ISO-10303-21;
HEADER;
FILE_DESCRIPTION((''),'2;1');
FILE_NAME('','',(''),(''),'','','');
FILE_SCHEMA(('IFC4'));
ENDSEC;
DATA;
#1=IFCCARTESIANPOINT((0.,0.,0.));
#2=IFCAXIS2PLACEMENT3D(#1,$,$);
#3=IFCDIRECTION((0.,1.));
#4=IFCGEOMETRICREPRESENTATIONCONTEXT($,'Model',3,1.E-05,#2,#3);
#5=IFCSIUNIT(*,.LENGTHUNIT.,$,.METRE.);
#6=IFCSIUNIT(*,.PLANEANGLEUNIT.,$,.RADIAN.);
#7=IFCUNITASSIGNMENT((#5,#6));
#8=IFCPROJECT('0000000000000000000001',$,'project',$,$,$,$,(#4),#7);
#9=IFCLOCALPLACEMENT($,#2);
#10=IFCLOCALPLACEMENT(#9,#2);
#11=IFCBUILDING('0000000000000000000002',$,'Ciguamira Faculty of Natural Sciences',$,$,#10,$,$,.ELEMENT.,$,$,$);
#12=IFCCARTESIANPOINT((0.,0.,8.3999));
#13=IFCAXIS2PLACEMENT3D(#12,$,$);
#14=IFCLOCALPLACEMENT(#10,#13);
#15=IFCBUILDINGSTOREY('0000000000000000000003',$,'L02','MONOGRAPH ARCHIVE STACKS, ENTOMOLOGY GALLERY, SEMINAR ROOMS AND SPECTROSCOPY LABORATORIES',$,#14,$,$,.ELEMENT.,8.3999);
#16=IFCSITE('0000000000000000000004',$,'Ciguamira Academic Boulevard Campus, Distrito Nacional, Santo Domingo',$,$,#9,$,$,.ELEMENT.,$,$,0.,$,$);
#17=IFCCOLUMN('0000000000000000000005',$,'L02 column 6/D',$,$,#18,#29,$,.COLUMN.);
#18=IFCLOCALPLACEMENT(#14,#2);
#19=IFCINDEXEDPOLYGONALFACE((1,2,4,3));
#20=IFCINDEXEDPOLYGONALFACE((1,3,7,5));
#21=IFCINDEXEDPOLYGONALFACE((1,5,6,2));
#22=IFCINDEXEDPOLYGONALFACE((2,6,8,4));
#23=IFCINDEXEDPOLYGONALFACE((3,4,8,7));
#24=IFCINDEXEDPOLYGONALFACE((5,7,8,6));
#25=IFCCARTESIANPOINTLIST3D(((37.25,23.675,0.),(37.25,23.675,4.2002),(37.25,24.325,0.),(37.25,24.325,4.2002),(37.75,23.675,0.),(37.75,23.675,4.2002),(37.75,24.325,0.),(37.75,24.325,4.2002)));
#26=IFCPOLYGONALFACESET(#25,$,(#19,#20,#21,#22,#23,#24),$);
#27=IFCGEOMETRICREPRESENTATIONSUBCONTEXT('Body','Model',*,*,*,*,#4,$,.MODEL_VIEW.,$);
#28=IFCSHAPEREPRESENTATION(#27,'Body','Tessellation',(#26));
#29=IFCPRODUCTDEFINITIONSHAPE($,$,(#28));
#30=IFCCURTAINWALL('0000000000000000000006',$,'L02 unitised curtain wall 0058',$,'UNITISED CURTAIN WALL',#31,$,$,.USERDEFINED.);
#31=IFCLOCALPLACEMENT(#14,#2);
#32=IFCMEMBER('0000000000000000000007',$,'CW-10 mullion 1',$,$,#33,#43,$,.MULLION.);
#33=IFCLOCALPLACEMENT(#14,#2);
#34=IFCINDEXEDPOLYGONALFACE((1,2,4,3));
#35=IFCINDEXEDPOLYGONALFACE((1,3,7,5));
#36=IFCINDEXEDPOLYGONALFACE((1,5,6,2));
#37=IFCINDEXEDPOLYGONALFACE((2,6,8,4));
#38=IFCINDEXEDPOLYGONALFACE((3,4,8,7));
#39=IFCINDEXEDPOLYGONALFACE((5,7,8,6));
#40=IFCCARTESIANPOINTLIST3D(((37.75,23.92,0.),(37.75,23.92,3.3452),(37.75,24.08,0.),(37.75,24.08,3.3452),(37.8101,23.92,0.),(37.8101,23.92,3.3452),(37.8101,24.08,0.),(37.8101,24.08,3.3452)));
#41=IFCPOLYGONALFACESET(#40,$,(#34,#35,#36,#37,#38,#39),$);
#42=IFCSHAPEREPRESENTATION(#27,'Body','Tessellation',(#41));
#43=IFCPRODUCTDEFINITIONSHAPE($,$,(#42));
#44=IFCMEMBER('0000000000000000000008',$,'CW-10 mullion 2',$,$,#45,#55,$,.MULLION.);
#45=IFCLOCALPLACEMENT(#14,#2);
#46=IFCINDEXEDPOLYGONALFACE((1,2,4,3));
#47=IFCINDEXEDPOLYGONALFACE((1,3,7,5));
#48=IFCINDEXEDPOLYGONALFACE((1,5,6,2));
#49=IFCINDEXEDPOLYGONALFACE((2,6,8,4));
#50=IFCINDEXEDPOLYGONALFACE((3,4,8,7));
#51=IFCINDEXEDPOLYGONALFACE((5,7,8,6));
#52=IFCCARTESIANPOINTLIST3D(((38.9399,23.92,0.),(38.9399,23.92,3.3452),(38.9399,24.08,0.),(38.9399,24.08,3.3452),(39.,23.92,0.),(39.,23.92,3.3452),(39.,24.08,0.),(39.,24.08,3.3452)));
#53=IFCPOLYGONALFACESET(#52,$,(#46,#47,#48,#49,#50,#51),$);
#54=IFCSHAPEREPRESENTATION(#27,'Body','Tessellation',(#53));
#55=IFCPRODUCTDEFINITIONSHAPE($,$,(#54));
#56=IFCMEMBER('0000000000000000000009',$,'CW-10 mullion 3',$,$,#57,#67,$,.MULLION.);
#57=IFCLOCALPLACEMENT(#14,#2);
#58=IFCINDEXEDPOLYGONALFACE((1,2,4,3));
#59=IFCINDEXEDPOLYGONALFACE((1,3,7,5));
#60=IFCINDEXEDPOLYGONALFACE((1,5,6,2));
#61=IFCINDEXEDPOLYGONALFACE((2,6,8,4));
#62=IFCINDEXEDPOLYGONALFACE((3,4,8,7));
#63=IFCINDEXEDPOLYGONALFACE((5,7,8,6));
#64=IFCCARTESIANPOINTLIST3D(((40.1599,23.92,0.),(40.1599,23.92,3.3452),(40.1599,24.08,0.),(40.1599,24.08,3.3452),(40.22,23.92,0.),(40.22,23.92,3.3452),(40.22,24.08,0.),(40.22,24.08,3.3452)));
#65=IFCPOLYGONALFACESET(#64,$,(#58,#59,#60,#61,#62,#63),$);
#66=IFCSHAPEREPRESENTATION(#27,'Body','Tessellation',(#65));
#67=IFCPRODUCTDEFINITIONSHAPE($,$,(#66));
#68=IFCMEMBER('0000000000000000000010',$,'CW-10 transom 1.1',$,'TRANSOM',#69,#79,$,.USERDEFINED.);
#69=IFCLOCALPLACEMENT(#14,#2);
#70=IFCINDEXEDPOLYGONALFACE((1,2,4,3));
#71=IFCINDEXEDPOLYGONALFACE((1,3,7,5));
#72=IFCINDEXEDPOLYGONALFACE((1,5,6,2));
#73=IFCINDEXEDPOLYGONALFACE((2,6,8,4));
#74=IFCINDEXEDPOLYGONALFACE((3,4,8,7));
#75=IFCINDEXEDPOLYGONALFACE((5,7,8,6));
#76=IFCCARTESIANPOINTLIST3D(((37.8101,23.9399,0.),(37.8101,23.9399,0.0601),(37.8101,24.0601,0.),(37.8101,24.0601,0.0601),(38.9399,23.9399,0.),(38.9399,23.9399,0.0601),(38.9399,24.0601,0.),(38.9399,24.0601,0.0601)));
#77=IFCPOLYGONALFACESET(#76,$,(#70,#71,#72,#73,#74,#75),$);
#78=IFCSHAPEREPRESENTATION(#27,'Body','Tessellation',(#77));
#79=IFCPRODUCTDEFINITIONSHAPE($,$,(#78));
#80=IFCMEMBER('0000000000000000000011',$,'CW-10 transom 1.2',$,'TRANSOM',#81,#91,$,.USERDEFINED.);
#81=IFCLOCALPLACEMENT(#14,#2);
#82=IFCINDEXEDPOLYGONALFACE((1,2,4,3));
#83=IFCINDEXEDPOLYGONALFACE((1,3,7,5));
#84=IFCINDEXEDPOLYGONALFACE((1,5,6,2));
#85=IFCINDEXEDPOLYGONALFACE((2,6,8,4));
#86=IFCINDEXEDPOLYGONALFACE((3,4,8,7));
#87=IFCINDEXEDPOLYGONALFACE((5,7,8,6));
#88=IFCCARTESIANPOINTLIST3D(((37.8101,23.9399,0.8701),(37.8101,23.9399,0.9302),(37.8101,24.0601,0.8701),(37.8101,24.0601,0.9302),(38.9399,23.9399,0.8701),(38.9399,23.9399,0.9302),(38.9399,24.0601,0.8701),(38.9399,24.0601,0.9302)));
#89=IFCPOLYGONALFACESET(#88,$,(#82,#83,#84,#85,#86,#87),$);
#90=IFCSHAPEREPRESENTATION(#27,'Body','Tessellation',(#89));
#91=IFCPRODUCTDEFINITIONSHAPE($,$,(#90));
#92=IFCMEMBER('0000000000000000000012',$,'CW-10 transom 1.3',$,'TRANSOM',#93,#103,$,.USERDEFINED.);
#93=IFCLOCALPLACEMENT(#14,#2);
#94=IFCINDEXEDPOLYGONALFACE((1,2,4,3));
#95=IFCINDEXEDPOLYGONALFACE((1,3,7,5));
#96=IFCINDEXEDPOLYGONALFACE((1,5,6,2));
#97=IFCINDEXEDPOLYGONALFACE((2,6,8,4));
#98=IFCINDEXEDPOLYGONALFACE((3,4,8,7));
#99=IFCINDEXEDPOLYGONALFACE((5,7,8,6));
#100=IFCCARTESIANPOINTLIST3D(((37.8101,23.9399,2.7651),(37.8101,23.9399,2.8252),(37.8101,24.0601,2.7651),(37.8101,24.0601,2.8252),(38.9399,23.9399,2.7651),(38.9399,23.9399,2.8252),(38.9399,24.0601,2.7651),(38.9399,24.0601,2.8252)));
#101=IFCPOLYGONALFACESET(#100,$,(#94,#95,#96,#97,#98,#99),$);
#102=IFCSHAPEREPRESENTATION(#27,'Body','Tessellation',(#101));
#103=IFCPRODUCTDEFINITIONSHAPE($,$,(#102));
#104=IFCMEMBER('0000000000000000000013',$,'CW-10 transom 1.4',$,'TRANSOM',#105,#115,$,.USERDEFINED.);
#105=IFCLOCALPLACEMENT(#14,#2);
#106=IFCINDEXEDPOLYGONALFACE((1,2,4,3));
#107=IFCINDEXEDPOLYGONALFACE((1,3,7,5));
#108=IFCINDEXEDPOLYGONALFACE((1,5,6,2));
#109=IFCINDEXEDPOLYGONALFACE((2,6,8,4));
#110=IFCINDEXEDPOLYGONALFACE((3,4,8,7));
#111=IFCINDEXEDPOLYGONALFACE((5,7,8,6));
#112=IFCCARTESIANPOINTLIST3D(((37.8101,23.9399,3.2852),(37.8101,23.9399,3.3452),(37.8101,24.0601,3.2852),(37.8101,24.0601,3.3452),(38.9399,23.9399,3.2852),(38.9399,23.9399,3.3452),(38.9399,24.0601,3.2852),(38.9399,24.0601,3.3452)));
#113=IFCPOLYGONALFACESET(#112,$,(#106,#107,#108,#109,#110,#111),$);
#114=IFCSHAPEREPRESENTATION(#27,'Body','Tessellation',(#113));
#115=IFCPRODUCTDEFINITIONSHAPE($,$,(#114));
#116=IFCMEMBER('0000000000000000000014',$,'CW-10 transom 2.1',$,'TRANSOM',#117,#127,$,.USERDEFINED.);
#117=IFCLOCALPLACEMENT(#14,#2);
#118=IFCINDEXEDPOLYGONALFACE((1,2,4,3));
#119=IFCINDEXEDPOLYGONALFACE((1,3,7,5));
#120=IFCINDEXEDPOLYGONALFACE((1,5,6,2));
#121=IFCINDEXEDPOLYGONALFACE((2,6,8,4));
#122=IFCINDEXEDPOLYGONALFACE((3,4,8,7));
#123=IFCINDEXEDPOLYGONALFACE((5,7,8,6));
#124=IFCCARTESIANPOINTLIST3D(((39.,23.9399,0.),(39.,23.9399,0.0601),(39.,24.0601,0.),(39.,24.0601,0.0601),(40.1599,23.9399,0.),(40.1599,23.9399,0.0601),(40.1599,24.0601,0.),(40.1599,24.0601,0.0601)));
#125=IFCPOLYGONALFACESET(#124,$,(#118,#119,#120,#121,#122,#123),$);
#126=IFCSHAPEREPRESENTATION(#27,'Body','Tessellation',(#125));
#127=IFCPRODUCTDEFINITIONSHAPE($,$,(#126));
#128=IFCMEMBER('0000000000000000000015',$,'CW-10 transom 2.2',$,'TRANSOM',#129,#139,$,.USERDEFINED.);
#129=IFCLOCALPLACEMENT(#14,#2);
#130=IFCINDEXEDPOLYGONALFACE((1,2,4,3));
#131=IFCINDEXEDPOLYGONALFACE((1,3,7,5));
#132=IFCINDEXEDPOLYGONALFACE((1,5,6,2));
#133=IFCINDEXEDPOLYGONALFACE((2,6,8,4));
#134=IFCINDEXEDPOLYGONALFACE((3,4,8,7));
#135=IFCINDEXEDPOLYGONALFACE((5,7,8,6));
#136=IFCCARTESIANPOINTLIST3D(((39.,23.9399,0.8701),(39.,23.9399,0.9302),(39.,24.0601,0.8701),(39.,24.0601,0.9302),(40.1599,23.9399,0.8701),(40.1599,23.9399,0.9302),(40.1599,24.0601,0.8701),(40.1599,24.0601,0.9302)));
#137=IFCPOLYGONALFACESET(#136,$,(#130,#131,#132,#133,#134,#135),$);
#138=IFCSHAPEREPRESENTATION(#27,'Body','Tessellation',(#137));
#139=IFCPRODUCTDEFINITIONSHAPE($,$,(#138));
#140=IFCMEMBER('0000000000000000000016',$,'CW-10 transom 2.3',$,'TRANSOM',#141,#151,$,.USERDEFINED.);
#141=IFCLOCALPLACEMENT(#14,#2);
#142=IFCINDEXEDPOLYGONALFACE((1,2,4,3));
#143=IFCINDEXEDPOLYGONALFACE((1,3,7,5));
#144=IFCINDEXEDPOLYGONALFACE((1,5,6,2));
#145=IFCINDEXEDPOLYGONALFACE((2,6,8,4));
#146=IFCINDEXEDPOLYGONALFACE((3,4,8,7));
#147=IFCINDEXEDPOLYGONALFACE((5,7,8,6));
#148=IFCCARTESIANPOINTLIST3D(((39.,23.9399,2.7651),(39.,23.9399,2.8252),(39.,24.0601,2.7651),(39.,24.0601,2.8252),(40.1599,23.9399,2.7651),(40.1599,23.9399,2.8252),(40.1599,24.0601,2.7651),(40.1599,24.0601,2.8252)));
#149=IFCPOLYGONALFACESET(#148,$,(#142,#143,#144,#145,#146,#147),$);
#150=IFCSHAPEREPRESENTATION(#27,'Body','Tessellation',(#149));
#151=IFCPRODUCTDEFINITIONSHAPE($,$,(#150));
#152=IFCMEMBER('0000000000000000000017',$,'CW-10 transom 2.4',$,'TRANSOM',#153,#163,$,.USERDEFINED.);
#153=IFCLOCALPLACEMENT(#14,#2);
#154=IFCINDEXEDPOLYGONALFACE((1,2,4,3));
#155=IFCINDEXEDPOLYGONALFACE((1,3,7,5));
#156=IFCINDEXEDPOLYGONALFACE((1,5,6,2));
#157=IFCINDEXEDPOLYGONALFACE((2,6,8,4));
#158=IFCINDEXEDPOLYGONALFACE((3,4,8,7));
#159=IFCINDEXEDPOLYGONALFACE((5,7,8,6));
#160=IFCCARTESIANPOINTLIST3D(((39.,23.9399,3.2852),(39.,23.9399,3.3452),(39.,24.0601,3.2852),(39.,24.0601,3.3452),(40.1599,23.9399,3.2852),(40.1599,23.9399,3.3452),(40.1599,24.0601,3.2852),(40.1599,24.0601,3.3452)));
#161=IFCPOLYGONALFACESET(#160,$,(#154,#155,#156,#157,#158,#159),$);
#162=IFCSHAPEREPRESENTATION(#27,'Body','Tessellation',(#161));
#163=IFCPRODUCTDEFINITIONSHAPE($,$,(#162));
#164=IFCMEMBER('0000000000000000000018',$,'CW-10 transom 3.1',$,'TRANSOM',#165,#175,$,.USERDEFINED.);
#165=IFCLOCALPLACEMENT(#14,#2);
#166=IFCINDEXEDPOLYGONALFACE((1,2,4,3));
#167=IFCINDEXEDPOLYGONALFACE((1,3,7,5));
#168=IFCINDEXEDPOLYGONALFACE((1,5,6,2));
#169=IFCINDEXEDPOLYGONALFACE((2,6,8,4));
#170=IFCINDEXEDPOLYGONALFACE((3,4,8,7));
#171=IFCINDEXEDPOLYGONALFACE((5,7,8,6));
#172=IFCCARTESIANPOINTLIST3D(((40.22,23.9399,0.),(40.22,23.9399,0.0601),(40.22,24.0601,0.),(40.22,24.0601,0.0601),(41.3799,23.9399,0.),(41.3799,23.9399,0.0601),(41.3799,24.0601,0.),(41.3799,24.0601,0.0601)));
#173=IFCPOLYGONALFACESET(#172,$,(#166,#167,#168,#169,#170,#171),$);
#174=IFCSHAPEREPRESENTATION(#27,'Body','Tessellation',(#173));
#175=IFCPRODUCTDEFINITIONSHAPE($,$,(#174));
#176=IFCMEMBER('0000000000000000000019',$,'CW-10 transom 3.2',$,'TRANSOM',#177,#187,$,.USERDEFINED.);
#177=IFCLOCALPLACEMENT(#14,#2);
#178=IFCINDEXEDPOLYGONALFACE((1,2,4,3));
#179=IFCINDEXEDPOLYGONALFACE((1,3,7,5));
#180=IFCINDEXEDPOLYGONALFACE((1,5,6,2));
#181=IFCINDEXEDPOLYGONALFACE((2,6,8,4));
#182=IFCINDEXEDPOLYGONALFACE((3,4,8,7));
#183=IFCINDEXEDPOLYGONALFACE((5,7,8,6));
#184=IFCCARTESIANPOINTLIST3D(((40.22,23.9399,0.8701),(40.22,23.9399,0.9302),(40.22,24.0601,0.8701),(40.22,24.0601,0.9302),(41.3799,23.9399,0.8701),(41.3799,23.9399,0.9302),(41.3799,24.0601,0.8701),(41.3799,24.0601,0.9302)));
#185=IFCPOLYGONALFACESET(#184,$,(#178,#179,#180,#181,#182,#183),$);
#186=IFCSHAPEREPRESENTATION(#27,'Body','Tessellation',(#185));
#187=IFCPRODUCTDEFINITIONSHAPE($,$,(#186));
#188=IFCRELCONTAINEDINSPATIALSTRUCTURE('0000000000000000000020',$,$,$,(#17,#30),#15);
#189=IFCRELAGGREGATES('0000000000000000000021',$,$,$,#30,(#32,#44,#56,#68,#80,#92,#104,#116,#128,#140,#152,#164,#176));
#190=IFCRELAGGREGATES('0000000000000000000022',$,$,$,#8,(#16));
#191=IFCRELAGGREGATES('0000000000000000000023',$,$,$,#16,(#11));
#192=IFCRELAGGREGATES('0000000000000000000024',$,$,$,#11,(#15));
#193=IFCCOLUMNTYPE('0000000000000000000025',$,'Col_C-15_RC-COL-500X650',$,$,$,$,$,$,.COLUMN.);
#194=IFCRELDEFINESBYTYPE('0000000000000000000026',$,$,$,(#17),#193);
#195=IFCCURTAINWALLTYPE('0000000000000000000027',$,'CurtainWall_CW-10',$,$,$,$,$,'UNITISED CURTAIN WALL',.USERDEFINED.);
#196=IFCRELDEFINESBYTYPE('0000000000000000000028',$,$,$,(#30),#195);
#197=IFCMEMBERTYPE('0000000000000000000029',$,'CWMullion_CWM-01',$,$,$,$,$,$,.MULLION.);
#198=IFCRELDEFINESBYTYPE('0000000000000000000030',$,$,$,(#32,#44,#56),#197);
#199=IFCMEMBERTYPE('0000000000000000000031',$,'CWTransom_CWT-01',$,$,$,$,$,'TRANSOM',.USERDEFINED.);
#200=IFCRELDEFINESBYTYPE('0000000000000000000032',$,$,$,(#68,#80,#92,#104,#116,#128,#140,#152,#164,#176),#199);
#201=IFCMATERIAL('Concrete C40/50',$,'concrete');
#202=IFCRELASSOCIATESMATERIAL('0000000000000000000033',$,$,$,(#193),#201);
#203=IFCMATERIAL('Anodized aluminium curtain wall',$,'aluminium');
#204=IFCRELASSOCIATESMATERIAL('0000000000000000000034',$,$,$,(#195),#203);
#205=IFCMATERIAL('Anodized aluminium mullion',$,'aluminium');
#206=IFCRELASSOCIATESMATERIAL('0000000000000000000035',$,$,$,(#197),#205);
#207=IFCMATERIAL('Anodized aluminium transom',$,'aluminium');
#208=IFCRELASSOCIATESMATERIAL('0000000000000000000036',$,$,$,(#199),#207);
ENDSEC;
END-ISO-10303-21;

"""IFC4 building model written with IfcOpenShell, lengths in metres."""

from ifc_helpers import new_model, si_unit, direction, frame, origin, origin_2d, place, context, subcontext, project, spatial, rectangle, extrude, material, material_profile, profile_set, type_object, element, aggregate, save


model = new_model("IFC4")

# Units and contexts
model_context = context("Model", 3, precision=1e-05, world=origin(), true_north=direction((0.0, 1.0)))
body_context = subcontext(model_context, "Body", "Model", "MODEL_VIEW")
ifc_project = project(units=[si_unit("LENGTHUNIT", "METRE"), si_unit("PLANEANGLEUNIT", "RADIAN")], contexts=[model_context])

# Site, building, storey
site_placement = place(None, origin())
site = spatial("IfcSite", under=ifc_project, at=site_placement, Name="Ciguamira Academic Boulevard Campus, Distrito Nacional, Santo Domingo", CompositionType="ELEMENT", RefElevation=0.0)
building_placement = place(site_placement, origin())
building = spatial("IfcBuilding", under=site, at=building_placement, Name="Ciguamira Faculty of Natural Sciences", CompositionType="ELEMENT")
storey_placement = place(building_placement, frame((0.0, 0.0, 8.3999)))
storey = spatial("IfcBuildingStorey", under=building, at=storey_placement, Name="L02", Description="MONOGRAPH ARCHIVE STACKS, ENTOMOLOGY GALLERY, SEMINAR ROOMS AND SPECTROSCOPY LABORATORIES", CompositionType="ELEMENT", Elevation=8.3999)

# Column
ifc_material_1 = material(Name="Concrete C40/50", Category="concrete")
ifc_material_profile_1 = material_profile(ifc_material_1, rectangle(XDim=0.5, YDim=0.6499, at=origin_2d()), Name="RC-COL-500X650")
ifc_profile_set_1 = profile_set([ifc_material_profile_1], Name="Concrete C40/50")
column_type = type_object("IfcColumnType", Name="Col_C-15_RC-COL-500X650", PredefinedType="COLUMN", material=ifc_profile_set_1)
column_placement = place(storey_placement, frame((37.5, 24.0, 0.0), z_axis=(0.0, 0.0, 1.0), x_axis=(1.0, 0.0, 0.0)))
element("IfcColumn", 1, at=column_placement, inside=storey, type_object=column_type, Name="L02 column 6/D", PredefinedType="COLUMN", context=body_context, shape_type="SweptSolid", body=[
    extrude(rectangle(XDim=0.5, YDim=0.6499, at=origin_2d()), origin(), (0.0, 0.0, 1.0), 4.2002),
])

# Curtain wall, members
ifc_material_2 = material(Name="Anodized aluminium curtain wall", Category="aluminium")
curtain_wall_type = type_object("IfcCurtainWallType", Name="CurtainWall_CW-10", ElementType="UNITISED CURTAIN WALL", PredefinedType="USERDEFINED", material=ifc_material_2)
curtain_wall_placement = place(storey_placement, origin())
curtain_wall = element("IfcCurtainWall", 2, at=curtain_wall_placement, inside=storey, type_object=curtain_wall_type, Name="L02 unitised curtain wall 0058", ObjectType="UNITISED CURTAIN WALL", PredefinedType="USERDEFINED")
ifc_material_3 = material(Name="Anodized aluminium mullion", Category="aluminium")
ifc_material_profile_2 = material_profile(ifc_material_3, rectangle(XDim=0.0601, YDim=0.1599, at=origin_2d()), Name="ALU-MUL-60X160")
ifc_profile_set_2 = profile_set([ifc_material_profile_2], Name="Anodized aluminium mullion")
member_type_1 = type_object("IfcMemberType", Name="CWMullion_CWM-01", PredefinedType="MULLION", material=ifc_profile_set_2)
member_1_placement = place(storey_placement, frame((37.78, 24.0, 0.0), z_axis=(0.0, 0.0, 1.0), x_axis=(1.0, 0.0, 0.0)))
member_1 = element("IfcMember", 3, at=member_1_placement, type_object=member_type_1, Name="CW-10 mullion 1", PredefinedType="MULLION", context=body_context, shape_type="SweptSolid", body=[
    extrude(rectangle(XDim=0.0601, YDim=0.1599, at=origin_2d()), origin(), (0.0, 0.0, 1.0), 3.3452),
])
member_2_placement = place(storey_placement, frame((38.97, 24.0, 0.0), z_axis=(0.0, 0.0, 1.0), x_axis=(1.0, 0.0, 0.0)))
member_2 = element("IfcMember", 4, at=member_2_placement, type_object=member_type_1, Name="CW-10 mullion 2", PredefinedType="MULLION", context=body_context, shape_type="SweptSolid", body=[
    extrude(rectangle(XDim=0.0601, YDim=0.1599, at=origin_2d()), origin(), (0.0, 0.0, 1.0), 3.3452),
])
member_3_placement = place(storey_placement, frame((40.1899, 24.0, 0.0), z_axis=(0.0, 0.0, 1.0), x_axis=(1.0, 0.0, 0.0)))
member_3 = element("IfcMember", 5, at=member_3_placement, type_object=member_type_1, Name="CW-10 mullion 3", PredefinedType="MULLION", context=body_context, shape_type="SweptSolid", body=[
    extrude(rectangle(XDim=0.0601, YDim=0.1599, at=origin_2d()), origin(), (0.0, 0.0, 1.0), 3.3452),
])
ifc_material_4 = material(Name="Anodized aluminium transom", Category="aluminium")
ifc_material_profile_3 = material_profile(ifc_material_4, rectangle(XDim=0.0601, YDim=0.1201, at=origin_2d()), Name="ALU-TRN-60X120")
ifc_profile_set_3 = profile_set([ifc_material_profile_3], Name="Anodized aluminium transom")
member_type_2 = type_object("IfcMemberType", Name="CWTransom_CWT-01", ElementType="TRANSOM", PredefinedType="USERDEFINED", material=ifc_profile_set_3)
member_4_placement = place(storey_placement, frame((37.8101, 24.0, 0.03), z_axis=(1.0, 0.0, 0.0), x_axis=(0.0, 0.0, 1.0)))
member_4 = element("IfcMember", 6, at=member_4_placement, type_object=member_type_2, Name="CW-10 transom 1.1", ObjectType="TRANSOM", PredefinedType="USERDEFINED", context=body_context, shape_type="SweptSolid", body=[
    extrude(rectangle(XDim=0.0601, YDim=0.1201, at=origin_2d()), origin(), (0.0, 0.0, 1.0), 1.1299),
])
member_5_placement = place(storey_placement, frame((37.8101, 24.0, 0.9001), z_axis=(1.0, 0.0, 0.0), x_axis=(0.0, 0.0, 1.0)))
member_5 = element("IfcMember", 7, at=member_5_placement, type_object=member_type_2, Name="CW-10 transom 1.2", ObjectType="TRANSOM", PredefinedType="USERDEFINED", context=body_context, shape_type="SweptSolid", body=[
    extrude(rectangle(XDim=0.0601, YDim=0.1201, at=origin_2d()), origin(), (0.0, 0.0, 1.0), 1.1299),
])
member_6_placement = place(storey_placement, frame((37.8101, 24.0, 2.7952), z_axis=(1.0, 0.0, 0.0), x_axis=(0.0, 0.0, 1.0)))
member_6 = element("IfcMember", 8, at=member_6_placement, type_object=member_type_2, Name="CW-10 transom 1.3", ObjectType="TRANSOM", PredefinedType="USERDEFINED", context=body_context, shape_type="SweptSolid", body=[
    extrude(rectangle(XDim=0.0601, YDim=0.1201, at=origin_2d()), origin(), (0.0, 0.0, 1.0), 1.1299),
])
member_7_placement = place(storey_placement, frame((37.8101, 24.0, 3.3152), z_axis=(1.0, 0.0, 0.0), x_axis=(0.0, 0.0, 1.0)))
member_7 = element("IfcMember", 9, at=member_7_placement, type_object=member_type_2, Name="CW-10 transom 1.4", ObjectType="TRANSOM", PredefinedType="USERDEFINED", context=body_context, shape_type="SweptSolid", body=[
    extrude(rectangle(XDim=0.0601, YDim=0.1201, at=origin_2d()), origin(), (0.0, 0.0, 1.0), 1.1299),
])
member_8_placement = place(storey_placement, frame((39.0, 24.0, 0.03), z_axis=(1.0, 0.0, 0.0), x_axis=(0.0, 0.0, 1.0)))
member_8 = element("IfcMember", 10, at=member_8_placement, type_object=member_type_2, Name="CW-10 transom 2.1", ObjectType="TRANSOM", PredefinedType="USERDEFINED", context=body_context, shape_type="SweptSolid", body=[
    extrude(rectangle(XDim=0.0601, YDim=0.1201, at=origin_2d()), origin(), (0.0, 0.0, 1.0), 1.1599),
])
member_9_placement = place(storey_placement, frame((39.0, 24.0, 0.9001), z_axis=(1.0, 0.0, 0.0), x_axis=(0.0, 0.0, 1.0)))
member_9 = element("IfcMember", 11, at=member_9_placement, type_object=member_type_2, Name="CW-10 transom 2.2", ObjectType="TRANSOM", PredefinedType="USERDEFINED", context=body_context, shape_type="SweptSolid", body=[
    extrude(rectangle(XDim=0.0601, YDim=0.1201, at=origin_2d()), origin(), (0.0, 0.0, 1.0), 1.1599),
])
member_10_placement = place(storey_placement, frame((39.0, 24.0, 2.7952), z_axis=(1.0, 0.0, 0.0), x_axis=(0.0, 0.0, 1.0)))
member_10 = element("IfcMember", 12, at=member_10_placement, type_object=member_type_2, Name="CW-10 transom 2.3", ObjectType="TRANSOM", PredefinedType="USERDEFINED", context=body_context, shape_type="SweptSolid", body=[
    extrude(rectangle(XDim=0.0601, YDim=0.1201, at=origin_2d()), origin(), (0.0, 0.0, 1.0), 1.1599),
])
member_11_placement = place(storey_placement, frame((39.0, 24.0, 3.3152), z_axis=(1.0, 0.0, 0.0), x_axis=(0.0, 0.0, 1.0)))
member_11 = element("IfcMember", 13, at=member_11_placement, type_object=member_type_2, Name="CW-10 transom 2.4", ObjectType="TRANSOM", PredefinedType="USERDEFINED", context=body_context, shape_type="SweptSolid", body=[
    extrude(rectangle(XDim=0.0601, YDim=0.1201, at=origin_2d()), origin(), (0.0, 0.0, 1.0), 1.1599),
])
member_12_placement = place(storey_placement, frame((40.22, 24.0, 0.03), z_axis=(1.0, 0.0, 0.0), x_axis=(0.0, 0.0, 1.0)))
member_12 = element("IfcMember", 14, at=member_12_placement, type_object=member_type_2, Name="CW-10 transom 3.1", ObjectType="TRANSOM", PredefinedType="USERDEFINED", context=body_context, shape_type="SweptSolid", body=[
    extrude(rectangle(XDim=0.0601, YDim=0.1201, at=origin_2d()), origin(), (0.0, 0.0, 1.0), 1.1599),
])
member_13_placement = place(storey_placement, frame((40.22, 24.0, 0.9001), z_axis=(1.0, 0.0, 0.0), x_axis=(0.0, 0.0, 1.0)))
member_13 = element("IfcMember", 15, at=member_13_placement, type_object=member_type_2, Name="CW-10 transom 3.2", ObjectType="TRANSOM", PredefinedType="USERDEFINED", context=body_context, shape_type="SweptSolid", body=[
    extrude(rectangle(XDim=0.0601, YDim=0.1201, at=origin_2d()), origin(), (0.0, 0.0, 1.0), 1.1599),
])

aggregate(curtain_wall, [member_1, member_2, member_3, member_4, member_5, member_6, member_7, member_8, member_9, member_10, member_11, member_12, member_13])

save(model, "model.ifc")
